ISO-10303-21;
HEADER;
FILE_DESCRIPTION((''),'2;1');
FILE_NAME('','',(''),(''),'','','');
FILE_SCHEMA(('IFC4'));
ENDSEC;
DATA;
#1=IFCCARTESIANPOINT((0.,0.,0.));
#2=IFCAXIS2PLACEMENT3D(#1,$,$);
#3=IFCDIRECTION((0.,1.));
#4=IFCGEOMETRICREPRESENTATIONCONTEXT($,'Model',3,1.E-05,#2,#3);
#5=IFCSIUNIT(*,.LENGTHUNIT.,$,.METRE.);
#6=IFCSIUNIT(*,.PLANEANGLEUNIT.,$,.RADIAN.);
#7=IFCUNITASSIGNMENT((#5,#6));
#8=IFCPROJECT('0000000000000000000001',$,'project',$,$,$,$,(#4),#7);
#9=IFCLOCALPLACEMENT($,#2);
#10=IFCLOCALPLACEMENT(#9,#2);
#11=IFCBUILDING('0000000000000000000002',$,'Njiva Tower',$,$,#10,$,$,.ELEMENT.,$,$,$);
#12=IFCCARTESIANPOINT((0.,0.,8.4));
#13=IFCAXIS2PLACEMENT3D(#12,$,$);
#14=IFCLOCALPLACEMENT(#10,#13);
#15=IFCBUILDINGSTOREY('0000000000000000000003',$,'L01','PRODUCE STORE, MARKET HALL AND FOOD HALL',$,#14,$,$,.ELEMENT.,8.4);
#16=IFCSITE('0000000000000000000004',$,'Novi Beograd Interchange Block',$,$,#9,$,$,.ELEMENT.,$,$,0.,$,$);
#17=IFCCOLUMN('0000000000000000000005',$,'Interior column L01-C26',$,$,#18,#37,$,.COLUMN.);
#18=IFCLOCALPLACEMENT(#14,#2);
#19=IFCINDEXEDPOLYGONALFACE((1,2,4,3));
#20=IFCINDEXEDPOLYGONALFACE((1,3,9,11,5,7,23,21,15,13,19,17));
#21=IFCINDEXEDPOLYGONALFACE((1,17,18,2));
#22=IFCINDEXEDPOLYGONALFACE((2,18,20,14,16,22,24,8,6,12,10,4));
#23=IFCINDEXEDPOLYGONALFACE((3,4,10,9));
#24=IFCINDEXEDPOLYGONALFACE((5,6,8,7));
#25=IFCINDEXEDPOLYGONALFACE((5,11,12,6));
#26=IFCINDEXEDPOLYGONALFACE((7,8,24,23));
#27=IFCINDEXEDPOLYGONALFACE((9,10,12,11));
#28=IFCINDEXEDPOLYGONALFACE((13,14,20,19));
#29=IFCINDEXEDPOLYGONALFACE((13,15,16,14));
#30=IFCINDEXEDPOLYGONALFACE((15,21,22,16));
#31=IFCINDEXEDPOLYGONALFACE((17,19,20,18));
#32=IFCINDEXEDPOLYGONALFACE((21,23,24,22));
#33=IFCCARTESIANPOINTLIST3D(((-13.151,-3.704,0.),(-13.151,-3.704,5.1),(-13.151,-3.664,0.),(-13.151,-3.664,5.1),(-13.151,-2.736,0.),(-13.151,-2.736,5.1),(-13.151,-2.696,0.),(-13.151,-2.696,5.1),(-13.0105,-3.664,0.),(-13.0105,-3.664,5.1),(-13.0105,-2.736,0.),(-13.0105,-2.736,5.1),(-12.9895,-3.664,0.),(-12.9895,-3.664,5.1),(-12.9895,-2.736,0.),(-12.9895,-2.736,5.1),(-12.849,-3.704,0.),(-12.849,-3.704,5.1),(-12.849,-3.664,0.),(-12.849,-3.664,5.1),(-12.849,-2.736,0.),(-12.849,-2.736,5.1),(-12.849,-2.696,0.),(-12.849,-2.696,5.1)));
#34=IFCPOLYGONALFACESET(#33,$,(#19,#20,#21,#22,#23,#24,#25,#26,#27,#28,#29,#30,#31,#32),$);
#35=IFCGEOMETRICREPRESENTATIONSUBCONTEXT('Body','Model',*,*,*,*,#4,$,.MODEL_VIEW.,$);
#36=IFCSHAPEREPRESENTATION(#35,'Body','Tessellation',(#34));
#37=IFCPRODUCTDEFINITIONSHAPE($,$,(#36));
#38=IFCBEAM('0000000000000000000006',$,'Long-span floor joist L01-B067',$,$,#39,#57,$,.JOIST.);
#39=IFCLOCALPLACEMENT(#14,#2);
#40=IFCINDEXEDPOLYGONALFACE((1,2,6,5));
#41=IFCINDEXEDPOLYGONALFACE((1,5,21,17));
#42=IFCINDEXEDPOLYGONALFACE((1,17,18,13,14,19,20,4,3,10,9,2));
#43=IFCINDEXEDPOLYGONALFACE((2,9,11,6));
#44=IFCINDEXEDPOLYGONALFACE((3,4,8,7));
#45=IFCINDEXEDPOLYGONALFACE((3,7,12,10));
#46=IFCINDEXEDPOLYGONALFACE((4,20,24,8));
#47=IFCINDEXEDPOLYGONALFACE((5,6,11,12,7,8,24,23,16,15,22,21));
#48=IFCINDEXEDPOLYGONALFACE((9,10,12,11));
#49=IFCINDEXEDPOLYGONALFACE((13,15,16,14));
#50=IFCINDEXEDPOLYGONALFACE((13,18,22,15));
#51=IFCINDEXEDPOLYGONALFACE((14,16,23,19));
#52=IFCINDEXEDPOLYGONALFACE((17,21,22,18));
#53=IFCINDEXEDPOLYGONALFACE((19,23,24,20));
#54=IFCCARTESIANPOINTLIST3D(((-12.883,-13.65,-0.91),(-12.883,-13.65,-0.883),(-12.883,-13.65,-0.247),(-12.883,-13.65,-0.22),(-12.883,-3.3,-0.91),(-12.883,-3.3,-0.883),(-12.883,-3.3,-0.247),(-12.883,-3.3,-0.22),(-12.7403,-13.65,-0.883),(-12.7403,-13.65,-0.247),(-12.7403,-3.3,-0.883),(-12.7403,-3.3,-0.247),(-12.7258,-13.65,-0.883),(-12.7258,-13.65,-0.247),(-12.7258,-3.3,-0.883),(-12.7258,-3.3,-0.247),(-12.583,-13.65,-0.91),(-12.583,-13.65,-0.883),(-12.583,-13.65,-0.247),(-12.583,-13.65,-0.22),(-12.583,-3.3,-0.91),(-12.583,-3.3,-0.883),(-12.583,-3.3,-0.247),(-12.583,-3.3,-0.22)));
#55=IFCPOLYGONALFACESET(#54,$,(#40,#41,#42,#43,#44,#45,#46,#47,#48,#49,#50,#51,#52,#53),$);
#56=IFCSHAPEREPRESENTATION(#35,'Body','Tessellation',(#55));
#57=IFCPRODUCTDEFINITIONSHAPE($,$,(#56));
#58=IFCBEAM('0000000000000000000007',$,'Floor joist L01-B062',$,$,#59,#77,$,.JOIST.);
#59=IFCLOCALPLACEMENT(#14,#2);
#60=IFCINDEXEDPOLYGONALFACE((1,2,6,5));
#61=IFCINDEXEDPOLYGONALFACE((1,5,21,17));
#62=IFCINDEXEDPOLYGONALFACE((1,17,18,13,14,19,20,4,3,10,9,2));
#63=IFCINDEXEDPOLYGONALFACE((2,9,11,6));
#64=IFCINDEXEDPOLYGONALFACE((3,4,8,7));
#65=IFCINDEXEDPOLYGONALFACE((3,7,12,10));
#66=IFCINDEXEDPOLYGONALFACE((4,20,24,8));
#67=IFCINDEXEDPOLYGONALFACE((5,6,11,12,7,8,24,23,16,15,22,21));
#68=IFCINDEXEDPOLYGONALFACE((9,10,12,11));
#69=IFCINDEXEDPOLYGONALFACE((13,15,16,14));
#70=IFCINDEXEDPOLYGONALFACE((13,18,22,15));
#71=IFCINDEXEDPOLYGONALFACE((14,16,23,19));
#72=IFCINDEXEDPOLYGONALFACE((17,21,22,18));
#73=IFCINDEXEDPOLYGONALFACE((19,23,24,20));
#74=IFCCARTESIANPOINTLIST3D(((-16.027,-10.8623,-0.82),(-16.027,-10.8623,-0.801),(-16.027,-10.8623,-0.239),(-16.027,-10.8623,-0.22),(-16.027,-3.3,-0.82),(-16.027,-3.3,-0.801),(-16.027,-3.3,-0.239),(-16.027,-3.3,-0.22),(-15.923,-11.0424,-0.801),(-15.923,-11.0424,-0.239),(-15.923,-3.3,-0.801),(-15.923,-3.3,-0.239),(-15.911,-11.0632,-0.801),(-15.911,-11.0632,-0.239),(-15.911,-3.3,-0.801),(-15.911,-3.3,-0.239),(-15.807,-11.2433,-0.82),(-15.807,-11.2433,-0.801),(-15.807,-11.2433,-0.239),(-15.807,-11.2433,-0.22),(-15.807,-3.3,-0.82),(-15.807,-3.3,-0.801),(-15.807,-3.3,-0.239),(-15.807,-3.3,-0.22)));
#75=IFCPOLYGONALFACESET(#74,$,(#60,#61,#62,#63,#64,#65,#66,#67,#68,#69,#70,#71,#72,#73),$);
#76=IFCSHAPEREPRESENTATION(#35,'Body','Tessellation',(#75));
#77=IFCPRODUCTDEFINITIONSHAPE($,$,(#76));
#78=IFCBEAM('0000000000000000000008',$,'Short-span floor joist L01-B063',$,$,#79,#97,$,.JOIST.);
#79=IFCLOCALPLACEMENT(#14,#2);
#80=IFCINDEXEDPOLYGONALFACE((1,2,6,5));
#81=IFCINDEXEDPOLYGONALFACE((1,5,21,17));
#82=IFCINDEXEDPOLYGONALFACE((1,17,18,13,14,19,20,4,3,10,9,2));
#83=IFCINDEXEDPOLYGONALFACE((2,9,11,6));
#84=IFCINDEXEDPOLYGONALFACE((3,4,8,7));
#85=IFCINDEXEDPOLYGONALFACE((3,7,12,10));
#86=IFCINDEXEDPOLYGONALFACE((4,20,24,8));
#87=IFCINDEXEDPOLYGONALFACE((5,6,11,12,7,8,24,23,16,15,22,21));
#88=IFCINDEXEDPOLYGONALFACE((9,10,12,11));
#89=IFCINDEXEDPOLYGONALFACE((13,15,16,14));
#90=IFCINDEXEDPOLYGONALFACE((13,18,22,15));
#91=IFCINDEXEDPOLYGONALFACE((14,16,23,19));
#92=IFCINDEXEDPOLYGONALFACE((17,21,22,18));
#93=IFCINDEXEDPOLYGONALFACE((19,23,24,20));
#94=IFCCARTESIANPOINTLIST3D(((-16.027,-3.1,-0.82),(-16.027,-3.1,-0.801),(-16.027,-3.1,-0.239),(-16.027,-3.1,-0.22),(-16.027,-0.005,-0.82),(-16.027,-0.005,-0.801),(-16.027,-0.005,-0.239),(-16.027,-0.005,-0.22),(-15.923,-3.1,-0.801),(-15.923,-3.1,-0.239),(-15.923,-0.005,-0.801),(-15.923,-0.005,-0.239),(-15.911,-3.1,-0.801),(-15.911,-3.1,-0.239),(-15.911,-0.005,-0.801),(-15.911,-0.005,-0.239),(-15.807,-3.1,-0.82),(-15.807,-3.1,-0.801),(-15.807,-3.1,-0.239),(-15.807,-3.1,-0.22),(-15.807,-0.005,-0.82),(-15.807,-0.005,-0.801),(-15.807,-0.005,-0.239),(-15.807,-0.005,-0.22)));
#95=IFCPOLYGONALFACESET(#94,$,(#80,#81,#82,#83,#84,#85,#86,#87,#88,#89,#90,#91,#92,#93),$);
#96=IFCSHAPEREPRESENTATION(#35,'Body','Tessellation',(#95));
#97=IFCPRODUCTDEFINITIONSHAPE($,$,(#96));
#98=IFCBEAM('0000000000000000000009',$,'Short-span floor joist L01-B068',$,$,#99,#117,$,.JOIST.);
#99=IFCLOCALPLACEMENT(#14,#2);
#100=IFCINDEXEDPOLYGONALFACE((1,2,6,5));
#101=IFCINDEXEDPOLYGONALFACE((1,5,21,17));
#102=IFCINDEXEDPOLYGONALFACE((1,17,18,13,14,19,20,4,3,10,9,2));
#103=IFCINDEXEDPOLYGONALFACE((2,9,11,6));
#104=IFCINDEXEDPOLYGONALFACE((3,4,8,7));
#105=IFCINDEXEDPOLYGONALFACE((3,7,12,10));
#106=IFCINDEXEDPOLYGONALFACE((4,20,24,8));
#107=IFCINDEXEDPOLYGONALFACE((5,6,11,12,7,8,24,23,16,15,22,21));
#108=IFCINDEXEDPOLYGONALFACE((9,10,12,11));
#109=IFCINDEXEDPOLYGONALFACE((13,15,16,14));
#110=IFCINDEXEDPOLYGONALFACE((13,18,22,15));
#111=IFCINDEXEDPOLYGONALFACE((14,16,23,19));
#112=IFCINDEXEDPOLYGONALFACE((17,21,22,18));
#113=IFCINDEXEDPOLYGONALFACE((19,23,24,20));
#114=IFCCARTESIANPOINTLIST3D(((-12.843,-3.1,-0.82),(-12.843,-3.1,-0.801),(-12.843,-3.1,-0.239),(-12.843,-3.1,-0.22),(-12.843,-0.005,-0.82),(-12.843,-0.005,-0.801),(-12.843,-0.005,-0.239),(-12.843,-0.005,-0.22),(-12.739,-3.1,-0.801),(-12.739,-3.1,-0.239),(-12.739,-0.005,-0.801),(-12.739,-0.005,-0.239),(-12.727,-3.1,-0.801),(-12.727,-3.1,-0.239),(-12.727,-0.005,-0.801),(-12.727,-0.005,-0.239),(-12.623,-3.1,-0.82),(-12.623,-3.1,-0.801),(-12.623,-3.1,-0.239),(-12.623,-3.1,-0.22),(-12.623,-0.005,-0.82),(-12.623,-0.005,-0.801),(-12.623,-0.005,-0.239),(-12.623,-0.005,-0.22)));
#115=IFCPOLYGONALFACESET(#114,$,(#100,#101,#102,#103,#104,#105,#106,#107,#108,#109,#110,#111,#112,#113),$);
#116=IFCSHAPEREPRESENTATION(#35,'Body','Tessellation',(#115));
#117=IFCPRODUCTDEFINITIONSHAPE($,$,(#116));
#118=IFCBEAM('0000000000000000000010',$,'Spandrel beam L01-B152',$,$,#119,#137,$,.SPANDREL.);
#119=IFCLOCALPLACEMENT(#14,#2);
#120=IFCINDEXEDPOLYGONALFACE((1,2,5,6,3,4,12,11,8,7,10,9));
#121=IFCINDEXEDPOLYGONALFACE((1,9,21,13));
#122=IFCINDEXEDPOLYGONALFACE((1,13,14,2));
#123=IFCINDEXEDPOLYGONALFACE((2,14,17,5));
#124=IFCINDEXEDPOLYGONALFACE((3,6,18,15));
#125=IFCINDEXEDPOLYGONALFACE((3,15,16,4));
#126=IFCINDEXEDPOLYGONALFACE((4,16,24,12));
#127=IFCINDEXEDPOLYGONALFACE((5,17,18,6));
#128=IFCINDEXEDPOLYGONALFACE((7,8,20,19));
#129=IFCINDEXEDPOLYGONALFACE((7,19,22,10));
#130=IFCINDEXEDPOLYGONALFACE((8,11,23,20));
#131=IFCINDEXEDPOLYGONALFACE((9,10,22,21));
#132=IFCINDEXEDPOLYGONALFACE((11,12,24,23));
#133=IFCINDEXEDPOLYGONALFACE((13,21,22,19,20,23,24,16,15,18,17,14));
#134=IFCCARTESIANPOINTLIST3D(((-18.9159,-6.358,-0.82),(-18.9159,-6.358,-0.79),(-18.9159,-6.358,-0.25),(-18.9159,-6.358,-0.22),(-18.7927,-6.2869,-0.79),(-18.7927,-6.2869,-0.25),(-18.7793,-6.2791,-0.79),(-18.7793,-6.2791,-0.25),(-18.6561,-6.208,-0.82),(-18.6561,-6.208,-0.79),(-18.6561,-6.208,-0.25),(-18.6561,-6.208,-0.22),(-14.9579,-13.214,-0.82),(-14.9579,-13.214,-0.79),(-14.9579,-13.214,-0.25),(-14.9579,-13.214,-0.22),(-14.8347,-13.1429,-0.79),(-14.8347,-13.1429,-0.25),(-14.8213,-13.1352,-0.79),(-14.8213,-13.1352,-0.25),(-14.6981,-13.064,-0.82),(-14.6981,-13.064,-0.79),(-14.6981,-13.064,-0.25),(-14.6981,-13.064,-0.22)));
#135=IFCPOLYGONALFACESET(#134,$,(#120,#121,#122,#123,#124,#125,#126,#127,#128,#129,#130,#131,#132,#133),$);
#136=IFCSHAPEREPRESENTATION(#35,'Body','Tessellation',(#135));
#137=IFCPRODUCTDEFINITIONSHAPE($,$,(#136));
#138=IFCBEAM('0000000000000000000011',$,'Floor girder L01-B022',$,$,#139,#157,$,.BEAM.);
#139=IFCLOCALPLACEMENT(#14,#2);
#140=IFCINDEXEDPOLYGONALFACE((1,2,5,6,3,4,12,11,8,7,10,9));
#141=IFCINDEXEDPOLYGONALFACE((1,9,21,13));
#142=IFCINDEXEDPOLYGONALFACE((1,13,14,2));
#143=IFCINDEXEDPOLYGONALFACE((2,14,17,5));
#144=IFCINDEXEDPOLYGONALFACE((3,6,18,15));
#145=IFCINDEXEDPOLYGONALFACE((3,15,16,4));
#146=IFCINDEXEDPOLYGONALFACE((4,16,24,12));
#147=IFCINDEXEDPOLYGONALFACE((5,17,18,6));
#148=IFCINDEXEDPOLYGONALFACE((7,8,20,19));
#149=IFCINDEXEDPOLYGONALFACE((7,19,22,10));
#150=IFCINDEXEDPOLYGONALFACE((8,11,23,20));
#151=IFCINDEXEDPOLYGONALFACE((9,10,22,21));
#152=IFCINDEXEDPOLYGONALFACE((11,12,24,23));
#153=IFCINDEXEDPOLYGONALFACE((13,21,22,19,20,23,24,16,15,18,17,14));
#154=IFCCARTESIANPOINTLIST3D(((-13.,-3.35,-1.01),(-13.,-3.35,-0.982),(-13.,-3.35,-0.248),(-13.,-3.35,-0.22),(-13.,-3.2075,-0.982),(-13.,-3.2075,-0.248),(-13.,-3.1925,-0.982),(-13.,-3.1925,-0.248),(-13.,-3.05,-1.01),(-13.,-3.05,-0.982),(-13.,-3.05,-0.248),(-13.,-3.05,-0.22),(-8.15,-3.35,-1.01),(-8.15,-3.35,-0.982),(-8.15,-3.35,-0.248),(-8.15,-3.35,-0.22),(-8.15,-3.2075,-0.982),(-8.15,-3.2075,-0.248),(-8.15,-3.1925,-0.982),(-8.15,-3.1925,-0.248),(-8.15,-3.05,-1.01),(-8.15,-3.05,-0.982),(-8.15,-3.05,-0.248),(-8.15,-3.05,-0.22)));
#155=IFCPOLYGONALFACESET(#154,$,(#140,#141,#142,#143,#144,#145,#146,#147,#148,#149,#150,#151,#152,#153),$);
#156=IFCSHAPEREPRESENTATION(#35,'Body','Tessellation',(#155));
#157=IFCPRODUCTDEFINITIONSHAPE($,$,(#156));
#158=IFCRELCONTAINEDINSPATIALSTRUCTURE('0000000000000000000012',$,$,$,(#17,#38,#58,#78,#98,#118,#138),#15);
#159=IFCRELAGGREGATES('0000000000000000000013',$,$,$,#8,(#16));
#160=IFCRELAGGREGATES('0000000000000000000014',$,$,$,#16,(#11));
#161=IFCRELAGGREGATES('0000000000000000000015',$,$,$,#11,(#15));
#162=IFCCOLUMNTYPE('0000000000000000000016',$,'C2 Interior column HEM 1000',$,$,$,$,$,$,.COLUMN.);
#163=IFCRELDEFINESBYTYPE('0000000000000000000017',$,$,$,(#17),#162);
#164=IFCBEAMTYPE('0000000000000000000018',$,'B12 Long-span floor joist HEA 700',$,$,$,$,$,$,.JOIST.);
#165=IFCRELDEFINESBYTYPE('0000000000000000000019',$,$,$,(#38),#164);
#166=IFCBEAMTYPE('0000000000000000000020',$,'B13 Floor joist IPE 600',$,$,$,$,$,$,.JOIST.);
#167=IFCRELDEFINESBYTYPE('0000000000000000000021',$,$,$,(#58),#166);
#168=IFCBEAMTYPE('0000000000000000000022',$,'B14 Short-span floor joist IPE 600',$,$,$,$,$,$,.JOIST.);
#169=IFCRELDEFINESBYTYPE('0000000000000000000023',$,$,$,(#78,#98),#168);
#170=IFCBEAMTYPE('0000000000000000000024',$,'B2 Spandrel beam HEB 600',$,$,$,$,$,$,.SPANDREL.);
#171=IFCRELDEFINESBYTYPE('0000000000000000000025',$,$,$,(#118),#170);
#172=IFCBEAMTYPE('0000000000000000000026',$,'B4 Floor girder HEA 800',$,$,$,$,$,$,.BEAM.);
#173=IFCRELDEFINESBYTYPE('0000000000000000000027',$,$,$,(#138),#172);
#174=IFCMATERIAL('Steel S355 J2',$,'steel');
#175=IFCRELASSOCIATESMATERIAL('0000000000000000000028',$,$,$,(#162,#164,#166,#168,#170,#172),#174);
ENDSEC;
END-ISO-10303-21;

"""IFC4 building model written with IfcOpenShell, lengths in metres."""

from ifc_helpers import new_model, si_unit, direction, frame, origin, origin_2d, place, context, subcontext, project, spatial, i_section, extrude, clip, halfspace, material, material_profile, profile_set, type_object, element, save


model = new_model("IFC4")

# Units and contexts
model_context = context("Model", 3, precision=1e-05, world=origin(), true_north=direction((0.0, 1.0)))
body_context = subcontext(model_context, "Body", "Model", "MODEL_VIEW")
ifc_project = project(units=[si_unit("LENGTHUNIT", "METRE"), si_unit("PLANEANGLEUNIT", "RADIAN")], contexts=[model_context])

# Site, building, storey
site_placement = place(None, origin())
site = spatial("IfcSite", under=ifc_project, at=site_placement, Name="Novi Beograd Interchange Block", CompositionType="ELEMENT", RefElevation=0.0)
building_placement = place(site_placement, origin())
building = spatial("IfcBuilding", under=site, at=building_placement, Name="Njiva Tower", CompositionType="ELEMENT")
storey_placement = place(building_placement, frame((0.0, 0.0, 8.4)))
storey = spatial("IfcBuildingStorey", under=building, at=storey_placement, Name="L01", Description="PRODUCE STORE, MARKET HALL AND FOOD HALL", CompositionType="ELEMENT", Elevation=8.4)

# Column
ifc_material_1 = material(Name="Steel S355 J2", Category="steel")
ifc_material_profile_1 = material_profile(ifc_material_1, i_section(OverallWidth=0.302, OverallDepth=1.008, WebThickness=0.021, FlangeThickness=0.04, at=origin_2d()), Name="HEM 1000")
ifc_profile_set_1 = profile_set([ifc_material_profile_1], Name="Steel S355 J2")
column_type = type_object("IfcColumnType", Name="C2 Interior column HEM 1000", PredefinedType="COLUMN", material=ifc_profile_set_1)
column_placement = place(storey_placement, frame((-13.0, -3.2, 0.0), z_axis=(0.0, 0.0, 1.0), x_axis=(1.0, 0.0, 0.0)))
element("IfcColumn", 1, at=column_placement, inside=storey, type_object=column_type, Name="Interior column L01-C26", PredefinedType="COLUMN", context=body_context, shape_type="SweptSolid", body=[
    extrude(i_section(OverallWidth=0.302, OverallDepth=1.008, WebThickness=0.021, FlangeThickness=0.04, at=origin_2d()), origin(), (0.0, 0.0, 1.0), 5.1),
])

# Beams
ifc_material_profile_2 = material_profile(ifc_material_1, i_section(OverallWidth=0.3, OverallDepth=0.69, WebThickness=0.0145, FlangeThickness=0.027, at=origin_2d()), Name="HEA 700")
ifc_profile_set_2 = profile_set([ifc_material_profile_2], Name="Steel S355 J2")
beam_type_1 = type_object("IfcBeamType", Name="B12 Long-span floor joist HEA 700", PredefinedType="JOIST", material=ifc_profile_set_2)
beam_1_placement = place(storey_placement, frame((-12.733, -3.3, -0.565), z_axis=(0.0, -1.0, 0.0), x_axis=(1.0, 0.0, 0.0)))
element("IfcBeam", 2, at=beam_1_placement, inside=storey, type_object=beam_type_1, Name="Long-span floor joist L01-B067", PredefinedType="JOIST", context=body_context, shape_type="SweptSolid", body=[
    extrude(i_section(OverallWidth=0.3, OverallDepth=0.69, WebThickness=0.0145, FlangeThickness=0.027, at=origin_2d()), origin(), (0.0, 0.0, 1.0), 10.35),
])
ifc_material_profile_3 = material_profile(ifc_material_1, i_section(OverallWidth=0.22, OverallDepth=0.6, WebThickness=0.012, FlangeThickness=0.019, at=origin_2d()), Name="IPE 600")
ifc_profile_set_3 = profile_set([ifc_material_profile_3], Name="Steel S355 J2")
beam_type_2 = type_object("IfcBeamType", Name="B13 Floor joist IPE 600", PredefinedType="JOIST", material=ifc_profile_set_3)
beam_2_placement = place(storey_placement, frame((-15.917, -3.3, -0.52), z_axis=(0.0, -1.0, 0.0), x_axis=(1.0, 0.0, 0.0)))
element("IfcBeam", 3, at=beam_2_placement, inside=storey, type_object=beam_type_2, Name="Floor joist L01-B062", PredefinedType="JOIST", context=body_context, shape_type="Clipping", body=[
    clip(extrude(i_section(OverallWidth=0.22, OverallDepth=0.6, WebThickness=0.012, FlangeThickness=0.019, at=origin_2d()), origin(), (0.0, 0.0, 1.0), 7.964), halfspace(frame((-0.043, 0.0, 7.6783), z_axis=(-0.866027, 0.0, 0.499998), x_axis=(0.0, 1.0, 0.0)), False)),
])
ifc_material_profile_4 = material_profile(ifc_material_1, i_section(OverallWidth=0.22, OverallDepth=0.6, WebThickness=0.012, FlangeThickness=0.019, at=origin_2d()), Name="IPE 600")
ifc_profile_set_4 = profile_set([ifc_material_profile_4], Name="Steel S355 J2")
beam_type_3 = type_object("IfcBeamType", Name="B14 Short-span floor joist IPE 600", PredefinedType="JOIST", material=ifc_profile_set_4)
for number, where, z_axis, x_axis, name in (
    (4, (-15.917, -0.005, -0.52), (0.0, -1.0, 0.0), (1.0, 0.0, 0.0), "Short-span floor joist L01-B063"),
    (5, (-12.733, -0.005, -0.52), (0.0, -1.0, 0.0), (1.0, 0.0, 0.0), "Short-span floor joist L01-B068"),
):
    element("IfcBeam", number, at=place(storey_placement, frame(where, z_axis=z_axis, x_axis=x_axis)), inside=storey, type_object=beam_type_3, Name=name, PredefinedType="JOIST", context=body_context, shape_type="SweptSolid", body=[
        extrude(i_section(OverallWidth=0.22, OverallDepth=0.6, WebThickness=0.012, FlangeThickness=0.019, at=origin_2d()), origin(), (0.0, 0.0, 1.0), 3.095),
    ])
ifc_material_profile_5 = material_profile(ifc_material_1, i_section(OverallWidth=0.3, OverallDepth=0.6, WebThickness=0.0155, FlangeThickness=0.03, at=origin_2d()), Name="HEB 600")
ifc_profile_set_5 = profile_set([ifc_material_profile_5], Name="Steel S355 J2")
beam_type_4 = type_object("IfcBeamType", Name="B2 Spandrel beam HEB 600", PredefinedType="SPANDREL", material=ifc_profile_set_5)
beam_3_placement = place(storey_placement, frame((-18.786, -6.283, -0.52), z_axis=(0.49997, -0.866043, 0.0), x_axis=(0.866043, 0.49997, 0.0)))
element("IfcBeam", 6, at=beam_3_placement, inside=storey, type_object=beam_type_4, Name="Spandrel beam L01-B152", PredefinedType="SPANDREL", context=body_context, shape_type="SweptSolid", body=[
    extrude(i_section(OverallWidth=0.3, OverallDepth=0.6, WebThickness=0.0155, FlangeThickness=0.03, at=origin_2d()), origin(), (0.0, 0.0, 1.0), 7.9165),
])
ifc_material_profile_6 = material_profile(ifc_material_1, i_section(OverallWidth=0.3, OverallDepth=0.79, WebThickness=0.015, FlangeThickness=0.028, at=origin_2d()), Name="HEA 800")
ifc_profile_set_6 = profile_set([ifc_material_profile_6], Name="Steel S355 J2")
beam_type_5 = type_object("IfcBeamType", Name="B4 Floor girder HEA 800", PredefinedType="BEAM", material=ifc_profile_set_6)
beam_4_placement = place(storey_placement, frame((-13.0, -3.2, -0.615), z_axis=(1.0, 0.0, 0.0), x_axis=(0.0, 1.0, 0.0)))
element("IfcBeam", 7, at=beam_4_placement, inside=storey, type_object=beam_type_5, Name="Floor girder L01-B022", PredefinedType="BEAM", context=body_context, shape_type="SweptSolid", body=[
    extrude(i_section(OverallWidth=0.3, OverallDepth=0.79, WebThickness=0.015, FlangeThickness=0.028, at=origin_2d()), origin(), (0.0, 0.0, 1.0), 4.85),
])

save(model, "model.ifc")
